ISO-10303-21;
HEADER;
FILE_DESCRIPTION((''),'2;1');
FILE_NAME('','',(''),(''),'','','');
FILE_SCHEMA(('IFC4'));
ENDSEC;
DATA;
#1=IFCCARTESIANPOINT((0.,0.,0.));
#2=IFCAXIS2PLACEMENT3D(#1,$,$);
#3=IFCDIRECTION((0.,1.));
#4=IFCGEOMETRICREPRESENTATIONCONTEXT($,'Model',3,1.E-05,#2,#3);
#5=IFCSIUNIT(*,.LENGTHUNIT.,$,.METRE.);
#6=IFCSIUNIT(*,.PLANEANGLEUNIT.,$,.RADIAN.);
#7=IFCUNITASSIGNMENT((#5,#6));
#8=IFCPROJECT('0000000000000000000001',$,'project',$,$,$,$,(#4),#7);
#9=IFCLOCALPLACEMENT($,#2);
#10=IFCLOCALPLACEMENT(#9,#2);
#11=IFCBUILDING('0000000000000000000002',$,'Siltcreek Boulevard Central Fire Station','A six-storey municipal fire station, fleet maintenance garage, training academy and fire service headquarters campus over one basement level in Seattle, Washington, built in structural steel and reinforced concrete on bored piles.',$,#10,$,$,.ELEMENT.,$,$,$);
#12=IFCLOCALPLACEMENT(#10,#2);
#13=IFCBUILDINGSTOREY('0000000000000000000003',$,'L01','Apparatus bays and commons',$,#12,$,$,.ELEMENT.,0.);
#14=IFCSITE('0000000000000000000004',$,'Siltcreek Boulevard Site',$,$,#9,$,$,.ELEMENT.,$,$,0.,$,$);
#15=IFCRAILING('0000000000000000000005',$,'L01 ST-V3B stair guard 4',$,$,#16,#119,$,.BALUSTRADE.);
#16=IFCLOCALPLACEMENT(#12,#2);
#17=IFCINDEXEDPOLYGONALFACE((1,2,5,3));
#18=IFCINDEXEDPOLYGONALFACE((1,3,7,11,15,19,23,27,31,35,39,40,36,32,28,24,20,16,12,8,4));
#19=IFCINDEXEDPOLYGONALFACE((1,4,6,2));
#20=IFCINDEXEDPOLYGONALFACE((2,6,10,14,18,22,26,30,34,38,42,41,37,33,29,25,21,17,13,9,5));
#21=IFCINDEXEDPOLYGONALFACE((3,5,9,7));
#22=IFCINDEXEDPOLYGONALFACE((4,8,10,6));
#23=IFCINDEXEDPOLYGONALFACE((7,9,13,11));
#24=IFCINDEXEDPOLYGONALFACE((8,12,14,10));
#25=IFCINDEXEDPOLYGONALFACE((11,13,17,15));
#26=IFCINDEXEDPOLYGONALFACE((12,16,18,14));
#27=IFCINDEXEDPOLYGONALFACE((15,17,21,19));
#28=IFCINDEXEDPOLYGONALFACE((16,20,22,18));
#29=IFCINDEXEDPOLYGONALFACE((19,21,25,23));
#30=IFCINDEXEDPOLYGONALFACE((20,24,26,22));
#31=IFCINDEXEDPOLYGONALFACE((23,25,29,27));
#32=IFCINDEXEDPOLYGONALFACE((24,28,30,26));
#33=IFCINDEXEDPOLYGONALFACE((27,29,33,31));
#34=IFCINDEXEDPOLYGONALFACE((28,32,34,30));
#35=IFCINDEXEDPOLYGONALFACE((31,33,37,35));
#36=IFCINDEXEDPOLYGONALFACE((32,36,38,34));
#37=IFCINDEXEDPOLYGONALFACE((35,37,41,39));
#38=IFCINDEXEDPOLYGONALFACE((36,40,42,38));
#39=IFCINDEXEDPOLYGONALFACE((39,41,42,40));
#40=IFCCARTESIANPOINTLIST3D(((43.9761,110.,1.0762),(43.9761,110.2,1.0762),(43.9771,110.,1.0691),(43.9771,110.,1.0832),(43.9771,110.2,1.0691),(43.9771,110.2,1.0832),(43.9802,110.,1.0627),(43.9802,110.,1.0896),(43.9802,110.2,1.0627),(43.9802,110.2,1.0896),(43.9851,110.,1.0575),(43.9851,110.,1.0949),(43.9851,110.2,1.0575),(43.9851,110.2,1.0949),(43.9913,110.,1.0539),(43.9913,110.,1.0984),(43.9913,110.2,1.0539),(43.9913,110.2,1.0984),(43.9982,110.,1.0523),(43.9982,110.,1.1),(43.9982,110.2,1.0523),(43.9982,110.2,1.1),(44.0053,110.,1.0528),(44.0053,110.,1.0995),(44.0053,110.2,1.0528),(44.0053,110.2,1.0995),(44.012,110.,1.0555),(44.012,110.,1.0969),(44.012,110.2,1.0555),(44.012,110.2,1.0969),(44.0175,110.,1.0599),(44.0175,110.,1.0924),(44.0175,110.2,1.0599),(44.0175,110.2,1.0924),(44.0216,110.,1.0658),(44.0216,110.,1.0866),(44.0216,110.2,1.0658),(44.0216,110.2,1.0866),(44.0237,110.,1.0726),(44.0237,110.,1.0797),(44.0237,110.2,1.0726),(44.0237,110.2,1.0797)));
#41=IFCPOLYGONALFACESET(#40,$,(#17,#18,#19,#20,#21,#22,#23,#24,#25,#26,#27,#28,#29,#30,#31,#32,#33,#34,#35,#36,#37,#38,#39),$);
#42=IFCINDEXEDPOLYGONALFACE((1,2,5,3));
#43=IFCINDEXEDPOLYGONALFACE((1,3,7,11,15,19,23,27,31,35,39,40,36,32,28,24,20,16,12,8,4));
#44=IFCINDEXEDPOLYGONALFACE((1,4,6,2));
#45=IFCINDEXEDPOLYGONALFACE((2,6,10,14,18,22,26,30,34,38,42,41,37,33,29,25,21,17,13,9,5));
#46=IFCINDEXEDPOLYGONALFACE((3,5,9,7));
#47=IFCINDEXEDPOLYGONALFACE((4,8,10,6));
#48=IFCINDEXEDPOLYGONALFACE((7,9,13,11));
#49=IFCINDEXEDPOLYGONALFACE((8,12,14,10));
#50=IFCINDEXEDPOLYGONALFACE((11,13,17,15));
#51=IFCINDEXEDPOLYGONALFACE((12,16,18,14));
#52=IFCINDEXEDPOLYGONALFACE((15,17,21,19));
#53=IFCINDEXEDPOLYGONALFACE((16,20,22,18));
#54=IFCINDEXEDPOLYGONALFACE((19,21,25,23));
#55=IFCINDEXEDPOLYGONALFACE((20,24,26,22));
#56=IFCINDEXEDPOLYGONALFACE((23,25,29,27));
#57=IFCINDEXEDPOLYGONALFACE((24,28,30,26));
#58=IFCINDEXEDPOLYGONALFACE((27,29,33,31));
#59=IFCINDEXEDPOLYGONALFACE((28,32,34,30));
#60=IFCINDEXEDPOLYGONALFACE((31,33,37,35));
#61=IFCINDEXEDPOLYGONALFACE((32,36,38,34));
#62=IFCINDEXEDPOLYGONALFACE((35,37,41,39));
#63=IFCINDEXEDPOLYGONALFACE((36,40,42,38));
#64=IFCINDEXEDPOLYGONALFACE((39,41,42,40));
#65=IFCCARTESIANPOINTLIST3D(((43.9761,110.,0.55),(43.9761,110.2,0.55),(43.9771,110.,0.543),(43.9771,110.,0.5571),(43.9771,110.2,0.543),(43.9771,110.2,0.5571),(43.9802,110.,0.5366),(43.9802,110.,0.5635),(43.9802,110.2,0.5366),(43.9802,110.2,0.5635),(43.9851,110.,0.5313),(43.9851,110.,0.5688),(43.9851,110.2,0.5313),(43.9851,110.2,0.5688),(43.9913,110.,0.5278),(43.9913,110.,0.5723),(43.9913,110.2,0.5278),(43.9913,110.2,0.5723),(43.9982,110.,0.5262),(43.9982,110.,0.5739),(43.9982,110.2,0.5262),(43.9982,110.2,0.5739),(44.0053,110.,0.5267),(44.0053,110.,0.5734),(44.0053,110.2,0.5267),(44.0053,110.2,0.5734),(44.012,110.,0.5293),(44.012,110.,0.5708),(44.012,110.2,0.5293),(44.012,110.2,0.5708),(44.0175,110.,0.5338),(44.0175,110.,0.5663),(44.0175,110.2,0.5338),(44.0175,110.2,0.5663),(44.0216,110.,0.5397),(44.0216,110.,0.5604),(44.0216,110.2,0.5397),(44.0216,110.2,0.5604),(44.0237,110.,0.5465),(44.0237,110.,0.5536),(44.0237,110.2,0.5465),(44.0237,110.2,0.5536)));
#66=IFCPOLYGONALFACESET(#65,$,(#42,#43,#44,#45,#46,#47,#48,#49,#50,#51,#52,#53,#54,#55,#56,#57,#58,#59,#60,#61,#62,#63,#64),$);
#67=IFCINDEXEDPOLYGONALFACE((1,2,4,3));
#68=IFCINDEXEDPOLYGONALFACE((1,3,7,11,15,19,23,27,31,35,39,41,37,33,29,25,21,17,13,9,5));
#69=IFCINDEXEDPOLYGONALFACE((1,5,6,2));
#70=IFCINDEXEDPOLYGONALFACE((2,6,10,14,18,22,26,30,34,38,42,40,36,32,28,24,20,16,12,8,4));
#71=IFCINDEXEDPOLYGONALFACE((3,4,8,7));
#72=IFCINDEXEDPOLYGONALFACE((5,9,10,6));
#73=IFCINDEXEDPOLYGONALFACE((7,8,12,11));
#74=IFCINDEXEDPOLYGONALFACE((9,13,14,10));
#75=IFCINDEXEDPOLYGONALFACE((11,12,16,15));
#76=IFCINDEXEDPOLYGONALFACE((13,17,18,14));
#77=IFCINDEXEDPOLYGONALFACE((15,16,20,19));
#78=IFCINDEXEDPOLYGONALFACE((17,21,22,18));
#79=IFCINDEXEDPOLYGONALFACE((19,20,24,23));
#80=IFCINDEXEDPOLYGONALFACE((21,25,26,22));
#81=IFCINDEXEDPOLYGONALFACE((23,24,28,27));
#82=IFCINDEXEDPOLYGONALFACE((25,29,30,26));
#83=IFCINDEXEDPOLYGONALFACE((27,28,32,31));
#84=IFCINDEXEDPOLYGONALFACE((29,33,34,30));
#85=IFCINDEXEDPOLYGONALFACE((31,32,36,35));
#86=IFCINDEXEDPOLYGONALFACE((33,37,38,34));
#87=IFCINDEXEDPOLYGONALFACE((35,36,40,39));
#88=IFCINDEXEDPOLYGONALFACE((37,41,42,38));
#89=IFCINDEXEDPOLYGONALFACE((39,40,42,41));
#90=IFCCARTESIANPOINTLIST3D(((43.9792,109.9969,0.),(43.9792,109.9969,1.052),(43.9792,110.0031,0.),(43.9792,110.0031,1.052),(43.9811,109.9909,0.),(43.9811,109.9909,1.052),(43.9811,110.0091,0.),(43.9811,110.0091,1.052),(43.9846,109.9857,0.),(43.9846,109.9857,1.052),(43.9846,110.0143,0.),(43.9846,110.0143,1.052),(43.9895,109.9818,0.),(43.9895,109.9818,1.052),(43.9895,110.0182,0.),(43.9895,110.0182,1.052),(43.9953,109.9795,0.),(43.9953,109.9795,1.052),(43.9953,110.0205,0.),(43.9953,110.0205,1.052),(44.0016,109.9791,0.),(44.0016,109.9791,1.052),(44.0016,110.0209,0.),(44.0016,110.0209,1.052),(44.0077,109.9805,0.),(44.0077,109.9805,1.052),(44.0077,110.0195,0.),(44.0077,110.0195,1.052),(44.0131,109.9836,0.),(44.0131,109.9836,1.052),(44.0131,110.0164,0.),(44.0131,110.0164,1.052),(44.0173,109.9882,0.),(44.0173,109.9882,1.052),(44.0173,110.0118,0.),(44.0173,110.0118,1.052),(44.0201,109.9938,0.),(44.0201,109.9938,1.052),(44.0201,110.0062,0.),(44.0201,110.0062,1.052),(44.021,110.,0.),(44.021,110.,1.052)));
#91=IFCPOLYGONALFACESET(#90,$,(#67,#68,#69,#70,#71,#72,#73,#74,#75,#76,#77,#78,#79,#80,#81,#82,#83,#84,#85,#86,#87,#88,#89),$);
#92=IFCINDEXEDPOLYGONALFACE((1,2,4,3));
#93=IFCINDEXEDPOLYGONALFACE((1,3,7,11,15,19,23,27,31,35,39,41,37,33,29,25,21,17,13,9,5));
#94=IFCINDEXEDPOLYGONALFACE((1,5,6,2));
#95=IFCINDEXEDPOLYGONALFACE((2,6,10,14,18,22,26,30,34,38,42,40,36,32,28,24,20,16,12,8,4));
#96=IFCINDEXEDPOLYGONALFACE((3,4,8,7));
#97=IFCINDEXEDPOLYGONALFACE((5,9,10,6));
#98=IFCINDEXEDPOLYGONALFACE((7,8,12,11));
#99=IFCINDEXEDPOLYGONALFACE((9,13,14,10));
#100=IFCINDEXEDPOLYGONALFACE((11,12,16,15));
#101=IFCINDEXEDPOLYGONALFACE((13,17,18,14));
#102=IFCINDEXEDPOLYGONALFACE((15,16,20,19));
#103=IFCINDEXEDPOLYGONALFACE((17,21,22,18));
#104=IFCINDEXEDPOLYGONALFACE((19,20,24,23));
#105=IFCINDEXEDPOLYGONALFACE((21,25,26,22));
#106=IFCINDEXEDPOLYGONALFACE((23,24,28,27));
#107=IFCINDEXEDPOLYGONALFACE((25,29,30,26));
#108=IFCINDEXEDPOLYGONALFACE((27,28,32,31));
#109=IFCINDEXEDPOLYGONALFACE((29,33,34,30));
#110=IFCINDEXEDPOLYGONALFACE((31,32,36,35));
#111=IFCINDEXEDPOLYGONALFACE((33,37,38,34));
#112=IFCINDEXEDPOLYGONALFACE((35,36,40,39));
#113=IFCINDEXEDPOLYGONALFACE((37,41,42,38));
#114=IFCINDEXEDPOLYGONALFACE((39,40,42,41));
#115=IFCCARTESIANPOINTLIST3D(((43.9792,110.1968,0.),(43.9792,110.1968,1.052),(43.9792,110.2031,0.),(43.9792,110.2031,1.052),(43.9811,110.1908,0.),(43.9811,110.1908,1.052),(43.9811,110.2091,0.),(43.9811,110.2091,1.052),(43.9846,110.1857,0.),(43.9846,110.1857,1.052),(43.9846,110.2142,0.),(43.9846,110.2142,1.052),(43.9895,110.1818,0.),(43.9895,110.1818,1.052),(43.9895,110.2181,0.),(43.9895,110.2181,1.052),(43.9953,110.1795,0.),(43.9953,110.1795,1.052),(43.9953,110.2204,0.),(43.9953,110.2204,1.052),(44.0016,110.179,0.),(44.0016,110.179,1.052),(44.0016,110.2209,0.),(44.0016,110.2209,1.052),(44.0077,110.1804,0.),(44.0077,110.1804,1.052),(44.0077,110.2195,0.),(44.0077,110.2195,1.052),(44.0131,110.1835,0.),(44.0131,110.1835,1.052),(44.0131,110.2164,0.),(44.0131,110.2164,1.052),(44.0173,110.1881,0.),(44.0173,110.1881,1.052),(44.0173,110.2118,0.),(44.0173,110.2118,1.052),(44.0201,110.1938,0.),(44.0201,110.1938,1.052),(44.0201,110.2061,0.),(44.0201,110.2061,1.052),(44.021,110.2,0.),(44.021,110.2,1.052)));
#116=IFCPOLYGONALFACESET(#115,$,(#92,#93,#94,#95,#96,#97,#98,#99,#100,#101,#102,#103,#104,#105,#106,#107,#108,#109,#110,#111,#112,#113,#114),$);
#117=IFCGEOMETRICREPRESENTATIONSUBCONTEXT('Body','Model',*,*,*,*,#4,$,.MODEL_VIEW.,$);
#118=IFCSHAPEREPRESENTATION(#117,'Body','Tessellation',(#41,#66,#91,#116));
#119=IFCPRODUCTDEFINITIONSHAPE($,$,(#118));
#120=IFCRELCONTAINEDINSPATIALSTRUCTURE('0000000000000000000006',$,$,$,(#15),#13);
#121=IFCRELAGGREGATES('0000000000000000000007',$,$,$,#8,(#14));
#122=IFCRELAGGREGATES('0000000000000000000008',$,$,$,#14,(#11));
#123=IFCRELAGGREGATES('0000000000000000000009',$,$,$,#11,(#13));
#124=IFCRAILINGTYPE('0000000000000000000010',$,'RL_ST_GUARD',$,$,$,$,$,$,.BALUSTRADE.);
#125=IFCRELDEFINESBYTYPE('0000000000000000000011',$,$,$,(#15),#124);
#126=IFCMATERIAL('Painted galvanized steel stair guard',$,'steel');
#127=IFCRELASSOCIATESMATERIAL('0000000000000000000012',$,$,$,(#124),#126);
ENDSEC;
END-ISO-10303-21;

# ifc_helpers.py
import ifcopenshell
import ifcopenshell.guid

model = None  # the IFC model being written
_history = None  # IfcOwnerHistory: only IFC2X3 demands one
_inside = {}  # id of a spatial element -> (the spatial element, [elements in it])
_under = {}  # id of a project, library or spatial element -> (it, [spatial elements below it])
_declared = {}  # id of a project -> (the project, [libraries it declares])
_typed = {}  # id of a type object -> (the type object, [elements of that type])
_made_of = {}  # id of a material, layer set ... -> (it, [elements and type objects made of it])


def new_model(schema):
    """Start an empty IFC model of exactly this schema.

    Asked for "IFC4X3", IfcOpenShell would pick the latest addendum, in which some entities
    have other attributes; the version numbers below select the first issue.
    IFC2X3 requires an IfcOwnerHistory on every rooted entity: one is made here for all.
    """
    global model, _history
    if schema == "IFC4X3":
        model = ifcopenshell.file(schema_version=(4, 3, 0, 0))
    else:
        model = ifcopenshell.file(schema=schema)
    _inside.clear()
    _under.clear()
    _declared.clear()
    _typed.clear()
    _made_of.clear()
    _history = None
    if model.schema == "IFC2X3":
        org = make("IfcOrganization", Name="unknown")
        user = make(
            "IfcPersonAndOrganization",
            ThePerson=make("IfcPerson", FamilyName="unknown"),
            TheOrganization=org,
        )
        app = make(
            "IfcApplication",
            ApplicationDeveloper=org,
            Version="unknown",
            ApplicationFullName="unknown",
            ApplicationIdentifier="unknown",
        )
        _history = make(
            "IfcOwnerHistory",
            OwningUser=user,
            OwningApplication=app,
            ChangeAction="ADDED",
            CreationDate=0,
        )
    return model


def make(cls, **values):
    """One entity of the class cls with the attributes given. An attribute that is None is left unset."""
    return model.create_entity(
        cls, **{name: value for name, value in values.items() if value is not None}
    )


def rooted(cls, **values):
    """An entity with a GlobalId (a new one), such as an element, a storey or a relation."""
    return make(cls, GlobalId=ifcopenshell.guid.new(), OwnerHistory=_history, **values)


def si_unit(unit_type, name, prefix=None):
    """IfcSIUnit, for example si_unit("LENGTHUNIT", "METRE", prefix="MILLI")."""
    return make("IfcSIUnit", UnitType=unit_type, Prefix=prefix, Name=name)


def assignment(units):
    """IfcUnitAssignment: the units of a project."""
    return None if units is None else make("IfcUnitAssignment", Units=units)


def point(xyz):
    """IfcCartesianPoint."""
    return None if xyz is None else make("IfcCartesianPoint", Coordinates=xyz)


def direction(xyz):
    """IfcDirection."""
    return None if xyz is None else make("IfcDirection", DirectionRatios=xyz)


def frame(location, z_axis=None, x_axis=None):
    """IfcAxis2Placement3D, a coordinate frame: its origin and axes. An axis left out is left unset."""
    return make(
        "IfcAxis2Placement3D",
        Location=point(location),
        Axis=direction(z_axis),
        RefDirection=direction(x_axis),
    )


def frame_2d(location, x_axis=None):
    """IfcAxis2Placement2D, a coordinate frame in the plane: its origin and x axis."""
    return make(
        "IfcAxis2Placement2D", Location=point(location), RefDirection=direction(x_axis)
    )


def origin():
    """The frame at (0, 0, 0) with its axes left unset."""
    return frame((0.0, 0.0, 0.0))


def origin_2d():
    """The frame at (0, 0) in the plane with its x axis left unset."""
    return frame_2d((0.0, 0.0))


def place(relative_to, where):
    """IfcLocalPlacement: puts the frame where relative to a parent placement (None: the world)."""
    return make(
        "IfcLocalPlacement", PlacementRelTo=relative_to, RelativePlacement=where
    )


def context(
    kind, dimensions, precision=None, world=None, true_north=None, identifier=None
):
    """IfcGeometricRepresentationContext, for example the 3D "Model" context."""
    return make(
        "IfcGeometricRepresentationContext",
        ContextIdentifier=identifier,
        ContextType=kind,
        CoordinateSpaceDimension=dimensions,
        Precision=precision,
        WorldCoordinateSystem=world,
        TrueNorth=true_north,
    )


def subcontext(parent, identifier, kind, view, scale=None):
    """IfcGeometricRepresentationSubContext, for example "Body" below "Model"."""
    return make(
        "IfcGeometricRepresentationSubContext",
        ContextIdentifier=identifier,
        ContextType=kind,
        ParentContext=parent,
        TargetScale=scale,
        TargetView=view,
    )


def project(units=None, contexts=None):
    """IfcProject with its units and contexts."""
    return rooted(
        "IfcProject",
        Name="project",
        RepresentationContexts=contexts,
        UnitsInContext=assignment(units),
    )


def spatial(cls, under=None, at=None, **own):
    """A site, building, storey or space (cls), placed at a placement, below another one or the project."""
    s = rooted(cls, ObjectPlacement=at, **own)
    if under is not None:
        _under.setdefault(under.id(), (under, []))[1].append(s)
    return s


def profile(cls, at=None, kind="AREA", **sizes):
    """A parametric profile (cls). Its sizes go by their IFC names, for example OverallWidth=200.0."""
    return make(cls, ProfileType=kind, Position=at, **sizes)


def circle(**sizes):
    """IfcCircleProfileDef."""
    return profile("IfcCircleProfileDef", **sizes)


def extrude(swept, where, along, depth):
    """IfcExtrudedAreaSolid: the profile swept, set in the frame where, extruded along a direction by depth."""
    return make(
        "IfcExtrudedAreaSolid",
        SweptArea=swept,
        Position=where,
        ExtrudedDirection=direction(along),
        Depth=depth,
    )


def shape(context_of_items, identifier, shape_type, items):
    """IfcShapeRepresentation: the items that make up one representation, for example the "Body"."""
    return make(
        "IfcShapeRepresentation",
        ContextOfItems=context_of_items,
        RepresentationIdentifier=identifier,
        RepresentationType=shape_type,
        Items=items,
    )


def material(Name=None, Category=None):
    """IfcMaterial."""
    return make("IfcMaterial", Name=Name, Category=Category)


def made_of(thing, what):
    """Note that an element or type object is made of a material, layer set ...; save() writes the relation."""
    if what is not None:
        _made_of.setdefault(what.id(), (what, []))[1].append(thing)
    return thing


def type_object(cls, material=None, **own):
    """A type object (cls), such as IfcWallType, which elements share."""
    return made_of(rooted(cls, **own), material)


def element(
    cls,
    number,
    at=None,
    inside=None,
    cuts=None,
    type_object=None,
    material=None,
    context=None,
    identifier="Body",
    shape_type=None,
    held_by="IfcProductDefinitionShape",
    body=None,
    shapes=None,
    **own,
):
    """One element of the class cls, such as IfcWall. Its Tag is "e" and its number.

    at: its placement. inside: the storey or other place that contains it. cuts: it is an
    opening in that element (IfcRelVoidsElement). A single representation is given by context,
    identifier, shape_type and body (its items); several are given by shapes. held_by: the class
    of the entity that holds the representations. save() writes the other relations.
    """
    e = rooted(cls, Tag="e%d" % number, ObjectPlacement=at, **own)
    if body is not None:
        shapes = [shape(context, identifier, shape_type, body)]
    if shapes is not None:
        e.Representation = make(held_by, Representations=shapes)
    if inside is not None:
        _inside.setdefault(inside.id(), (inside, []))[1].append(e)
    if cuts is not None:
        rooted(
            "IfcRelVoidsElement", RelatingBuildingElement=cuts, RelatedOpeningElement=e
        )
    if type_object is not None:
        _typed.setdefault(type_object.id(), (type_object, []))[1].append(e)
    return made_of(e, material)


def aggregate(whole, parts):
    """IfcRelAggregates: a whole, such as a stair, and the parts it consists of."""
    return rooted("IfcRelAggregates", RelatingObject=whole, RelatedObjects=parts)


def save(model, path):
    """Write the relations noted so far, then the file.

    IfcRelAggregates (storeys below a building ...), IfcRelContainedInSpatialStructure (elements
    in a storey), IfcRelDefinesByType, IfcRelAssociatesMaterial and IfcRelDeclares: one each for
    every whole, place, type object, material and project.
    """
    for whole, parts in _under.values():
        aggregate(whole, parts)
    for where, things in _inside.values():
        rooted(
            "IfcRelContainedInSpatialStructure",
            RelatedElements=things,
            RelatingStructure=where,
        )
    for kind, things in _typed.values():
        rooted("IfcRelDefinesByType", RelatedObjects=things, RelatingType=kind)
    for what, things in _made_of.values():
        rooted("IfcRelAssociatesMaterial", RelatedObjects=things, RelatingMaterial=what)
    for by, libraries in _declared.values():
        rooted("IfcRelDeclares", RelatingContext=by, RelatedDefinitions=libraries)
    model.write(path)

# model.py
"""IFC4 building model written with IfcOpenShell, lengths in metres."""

from ifc_helpers import new_model, si_unit, direction, frame, origin, origin_2d, place, context, subcontext, project, spatial, circle, extrude, material, type_object, element, save


model = new_model("IFC4")

# Units and contexts
model_context = context("Model", 3, precision=1e-05, world=origin(), true_north=direction((0.0, 1.0)))
body_context = subcontext(model_context, "Body", "Model", "MODEL_VIEW")
ifc_project = project(units=[si_unit("LENGTHUNIT", "METRE"), si_unit("PLANEANGLEUNIT", "RADIAN")], contexts=[model_context])

# Site, building, storey
site_placement = place(None, origin())
site = spatial("IfcSite", under=ifc_project, at=site_placement, Name="Siltcreek Boulevard Site", CompositionType="ELEMENT", RefElevation=0.0)
building_placement = place(site_placement, origin())
building = spatial("IfcBuilding", under=site, at=building_placement, Name="Siltcreek Boulevard Central Fire Station", Description="A six-storey municipal fire station, fleet maintenance garage, training academy and fire service headquarters campus over one basement level in Seattle, Washington, built in structural steel and reinforced concrete on bored piles.", CompositionType="ELEMENT")
storey_placement = place(building_placement, origin())
storey = spatial("IfcBuildingStorey", under=building, at=storey_placement, Name="L01", Description="Apparatus bays and commons", CompositionType="ELEMENT", Elevation=0.0)

# Railing
ifc_material_1 = material(Name="Painted galvanized steel stair guard", Category="steel")
railing_type_1 = type_object("IfcRailingType", Name="RL_ST_GUARD", PredefinedType="BALUSTRADE", material=ifc_material_1)
railing_1_placement = place(storey_placement, frame((44.0, 110.0, 0.0)))
element("IfcRailing", 1, at=railing_1_placement, inside=storey, type_object=railing_type_1, Name="L01 ST-V3B stair guard 4", PredefinedType="BALUSTRADE", context=body_context, shape_type="SweptSolid", body=[
    extrude(circle(Radius=0.0239, at=origin_2d()), frame((0.0, 0.0, 1.0762), z_axis=(0.0, 1.0, 0.0), x_axis=(-1.0, 0.0, 0.0)), (0.0, 0.0, 1.0), 0.2),
    extrude(circle(Radius=0.0239, at=origin_2d()), frame((0.0, 0.0, 0.55), z_axis=(0.0, 1.0, 0.0), x_axis=(-1.0, 0.0, 0.0)), (0.0, 0.0, 1.0), 0.2),
    extrude(circle(Radius=0.021, at=origin_2d()), origin(), (0.0, 0.0, 1.0), 1.052),
    extrude(circle(Radius=0.021, at=origin_2d()), frame((0.0, 0.2, 0.0)), (0.0, 0.0, 1.0), 1.052),
])

save(model, "model.ifc")
